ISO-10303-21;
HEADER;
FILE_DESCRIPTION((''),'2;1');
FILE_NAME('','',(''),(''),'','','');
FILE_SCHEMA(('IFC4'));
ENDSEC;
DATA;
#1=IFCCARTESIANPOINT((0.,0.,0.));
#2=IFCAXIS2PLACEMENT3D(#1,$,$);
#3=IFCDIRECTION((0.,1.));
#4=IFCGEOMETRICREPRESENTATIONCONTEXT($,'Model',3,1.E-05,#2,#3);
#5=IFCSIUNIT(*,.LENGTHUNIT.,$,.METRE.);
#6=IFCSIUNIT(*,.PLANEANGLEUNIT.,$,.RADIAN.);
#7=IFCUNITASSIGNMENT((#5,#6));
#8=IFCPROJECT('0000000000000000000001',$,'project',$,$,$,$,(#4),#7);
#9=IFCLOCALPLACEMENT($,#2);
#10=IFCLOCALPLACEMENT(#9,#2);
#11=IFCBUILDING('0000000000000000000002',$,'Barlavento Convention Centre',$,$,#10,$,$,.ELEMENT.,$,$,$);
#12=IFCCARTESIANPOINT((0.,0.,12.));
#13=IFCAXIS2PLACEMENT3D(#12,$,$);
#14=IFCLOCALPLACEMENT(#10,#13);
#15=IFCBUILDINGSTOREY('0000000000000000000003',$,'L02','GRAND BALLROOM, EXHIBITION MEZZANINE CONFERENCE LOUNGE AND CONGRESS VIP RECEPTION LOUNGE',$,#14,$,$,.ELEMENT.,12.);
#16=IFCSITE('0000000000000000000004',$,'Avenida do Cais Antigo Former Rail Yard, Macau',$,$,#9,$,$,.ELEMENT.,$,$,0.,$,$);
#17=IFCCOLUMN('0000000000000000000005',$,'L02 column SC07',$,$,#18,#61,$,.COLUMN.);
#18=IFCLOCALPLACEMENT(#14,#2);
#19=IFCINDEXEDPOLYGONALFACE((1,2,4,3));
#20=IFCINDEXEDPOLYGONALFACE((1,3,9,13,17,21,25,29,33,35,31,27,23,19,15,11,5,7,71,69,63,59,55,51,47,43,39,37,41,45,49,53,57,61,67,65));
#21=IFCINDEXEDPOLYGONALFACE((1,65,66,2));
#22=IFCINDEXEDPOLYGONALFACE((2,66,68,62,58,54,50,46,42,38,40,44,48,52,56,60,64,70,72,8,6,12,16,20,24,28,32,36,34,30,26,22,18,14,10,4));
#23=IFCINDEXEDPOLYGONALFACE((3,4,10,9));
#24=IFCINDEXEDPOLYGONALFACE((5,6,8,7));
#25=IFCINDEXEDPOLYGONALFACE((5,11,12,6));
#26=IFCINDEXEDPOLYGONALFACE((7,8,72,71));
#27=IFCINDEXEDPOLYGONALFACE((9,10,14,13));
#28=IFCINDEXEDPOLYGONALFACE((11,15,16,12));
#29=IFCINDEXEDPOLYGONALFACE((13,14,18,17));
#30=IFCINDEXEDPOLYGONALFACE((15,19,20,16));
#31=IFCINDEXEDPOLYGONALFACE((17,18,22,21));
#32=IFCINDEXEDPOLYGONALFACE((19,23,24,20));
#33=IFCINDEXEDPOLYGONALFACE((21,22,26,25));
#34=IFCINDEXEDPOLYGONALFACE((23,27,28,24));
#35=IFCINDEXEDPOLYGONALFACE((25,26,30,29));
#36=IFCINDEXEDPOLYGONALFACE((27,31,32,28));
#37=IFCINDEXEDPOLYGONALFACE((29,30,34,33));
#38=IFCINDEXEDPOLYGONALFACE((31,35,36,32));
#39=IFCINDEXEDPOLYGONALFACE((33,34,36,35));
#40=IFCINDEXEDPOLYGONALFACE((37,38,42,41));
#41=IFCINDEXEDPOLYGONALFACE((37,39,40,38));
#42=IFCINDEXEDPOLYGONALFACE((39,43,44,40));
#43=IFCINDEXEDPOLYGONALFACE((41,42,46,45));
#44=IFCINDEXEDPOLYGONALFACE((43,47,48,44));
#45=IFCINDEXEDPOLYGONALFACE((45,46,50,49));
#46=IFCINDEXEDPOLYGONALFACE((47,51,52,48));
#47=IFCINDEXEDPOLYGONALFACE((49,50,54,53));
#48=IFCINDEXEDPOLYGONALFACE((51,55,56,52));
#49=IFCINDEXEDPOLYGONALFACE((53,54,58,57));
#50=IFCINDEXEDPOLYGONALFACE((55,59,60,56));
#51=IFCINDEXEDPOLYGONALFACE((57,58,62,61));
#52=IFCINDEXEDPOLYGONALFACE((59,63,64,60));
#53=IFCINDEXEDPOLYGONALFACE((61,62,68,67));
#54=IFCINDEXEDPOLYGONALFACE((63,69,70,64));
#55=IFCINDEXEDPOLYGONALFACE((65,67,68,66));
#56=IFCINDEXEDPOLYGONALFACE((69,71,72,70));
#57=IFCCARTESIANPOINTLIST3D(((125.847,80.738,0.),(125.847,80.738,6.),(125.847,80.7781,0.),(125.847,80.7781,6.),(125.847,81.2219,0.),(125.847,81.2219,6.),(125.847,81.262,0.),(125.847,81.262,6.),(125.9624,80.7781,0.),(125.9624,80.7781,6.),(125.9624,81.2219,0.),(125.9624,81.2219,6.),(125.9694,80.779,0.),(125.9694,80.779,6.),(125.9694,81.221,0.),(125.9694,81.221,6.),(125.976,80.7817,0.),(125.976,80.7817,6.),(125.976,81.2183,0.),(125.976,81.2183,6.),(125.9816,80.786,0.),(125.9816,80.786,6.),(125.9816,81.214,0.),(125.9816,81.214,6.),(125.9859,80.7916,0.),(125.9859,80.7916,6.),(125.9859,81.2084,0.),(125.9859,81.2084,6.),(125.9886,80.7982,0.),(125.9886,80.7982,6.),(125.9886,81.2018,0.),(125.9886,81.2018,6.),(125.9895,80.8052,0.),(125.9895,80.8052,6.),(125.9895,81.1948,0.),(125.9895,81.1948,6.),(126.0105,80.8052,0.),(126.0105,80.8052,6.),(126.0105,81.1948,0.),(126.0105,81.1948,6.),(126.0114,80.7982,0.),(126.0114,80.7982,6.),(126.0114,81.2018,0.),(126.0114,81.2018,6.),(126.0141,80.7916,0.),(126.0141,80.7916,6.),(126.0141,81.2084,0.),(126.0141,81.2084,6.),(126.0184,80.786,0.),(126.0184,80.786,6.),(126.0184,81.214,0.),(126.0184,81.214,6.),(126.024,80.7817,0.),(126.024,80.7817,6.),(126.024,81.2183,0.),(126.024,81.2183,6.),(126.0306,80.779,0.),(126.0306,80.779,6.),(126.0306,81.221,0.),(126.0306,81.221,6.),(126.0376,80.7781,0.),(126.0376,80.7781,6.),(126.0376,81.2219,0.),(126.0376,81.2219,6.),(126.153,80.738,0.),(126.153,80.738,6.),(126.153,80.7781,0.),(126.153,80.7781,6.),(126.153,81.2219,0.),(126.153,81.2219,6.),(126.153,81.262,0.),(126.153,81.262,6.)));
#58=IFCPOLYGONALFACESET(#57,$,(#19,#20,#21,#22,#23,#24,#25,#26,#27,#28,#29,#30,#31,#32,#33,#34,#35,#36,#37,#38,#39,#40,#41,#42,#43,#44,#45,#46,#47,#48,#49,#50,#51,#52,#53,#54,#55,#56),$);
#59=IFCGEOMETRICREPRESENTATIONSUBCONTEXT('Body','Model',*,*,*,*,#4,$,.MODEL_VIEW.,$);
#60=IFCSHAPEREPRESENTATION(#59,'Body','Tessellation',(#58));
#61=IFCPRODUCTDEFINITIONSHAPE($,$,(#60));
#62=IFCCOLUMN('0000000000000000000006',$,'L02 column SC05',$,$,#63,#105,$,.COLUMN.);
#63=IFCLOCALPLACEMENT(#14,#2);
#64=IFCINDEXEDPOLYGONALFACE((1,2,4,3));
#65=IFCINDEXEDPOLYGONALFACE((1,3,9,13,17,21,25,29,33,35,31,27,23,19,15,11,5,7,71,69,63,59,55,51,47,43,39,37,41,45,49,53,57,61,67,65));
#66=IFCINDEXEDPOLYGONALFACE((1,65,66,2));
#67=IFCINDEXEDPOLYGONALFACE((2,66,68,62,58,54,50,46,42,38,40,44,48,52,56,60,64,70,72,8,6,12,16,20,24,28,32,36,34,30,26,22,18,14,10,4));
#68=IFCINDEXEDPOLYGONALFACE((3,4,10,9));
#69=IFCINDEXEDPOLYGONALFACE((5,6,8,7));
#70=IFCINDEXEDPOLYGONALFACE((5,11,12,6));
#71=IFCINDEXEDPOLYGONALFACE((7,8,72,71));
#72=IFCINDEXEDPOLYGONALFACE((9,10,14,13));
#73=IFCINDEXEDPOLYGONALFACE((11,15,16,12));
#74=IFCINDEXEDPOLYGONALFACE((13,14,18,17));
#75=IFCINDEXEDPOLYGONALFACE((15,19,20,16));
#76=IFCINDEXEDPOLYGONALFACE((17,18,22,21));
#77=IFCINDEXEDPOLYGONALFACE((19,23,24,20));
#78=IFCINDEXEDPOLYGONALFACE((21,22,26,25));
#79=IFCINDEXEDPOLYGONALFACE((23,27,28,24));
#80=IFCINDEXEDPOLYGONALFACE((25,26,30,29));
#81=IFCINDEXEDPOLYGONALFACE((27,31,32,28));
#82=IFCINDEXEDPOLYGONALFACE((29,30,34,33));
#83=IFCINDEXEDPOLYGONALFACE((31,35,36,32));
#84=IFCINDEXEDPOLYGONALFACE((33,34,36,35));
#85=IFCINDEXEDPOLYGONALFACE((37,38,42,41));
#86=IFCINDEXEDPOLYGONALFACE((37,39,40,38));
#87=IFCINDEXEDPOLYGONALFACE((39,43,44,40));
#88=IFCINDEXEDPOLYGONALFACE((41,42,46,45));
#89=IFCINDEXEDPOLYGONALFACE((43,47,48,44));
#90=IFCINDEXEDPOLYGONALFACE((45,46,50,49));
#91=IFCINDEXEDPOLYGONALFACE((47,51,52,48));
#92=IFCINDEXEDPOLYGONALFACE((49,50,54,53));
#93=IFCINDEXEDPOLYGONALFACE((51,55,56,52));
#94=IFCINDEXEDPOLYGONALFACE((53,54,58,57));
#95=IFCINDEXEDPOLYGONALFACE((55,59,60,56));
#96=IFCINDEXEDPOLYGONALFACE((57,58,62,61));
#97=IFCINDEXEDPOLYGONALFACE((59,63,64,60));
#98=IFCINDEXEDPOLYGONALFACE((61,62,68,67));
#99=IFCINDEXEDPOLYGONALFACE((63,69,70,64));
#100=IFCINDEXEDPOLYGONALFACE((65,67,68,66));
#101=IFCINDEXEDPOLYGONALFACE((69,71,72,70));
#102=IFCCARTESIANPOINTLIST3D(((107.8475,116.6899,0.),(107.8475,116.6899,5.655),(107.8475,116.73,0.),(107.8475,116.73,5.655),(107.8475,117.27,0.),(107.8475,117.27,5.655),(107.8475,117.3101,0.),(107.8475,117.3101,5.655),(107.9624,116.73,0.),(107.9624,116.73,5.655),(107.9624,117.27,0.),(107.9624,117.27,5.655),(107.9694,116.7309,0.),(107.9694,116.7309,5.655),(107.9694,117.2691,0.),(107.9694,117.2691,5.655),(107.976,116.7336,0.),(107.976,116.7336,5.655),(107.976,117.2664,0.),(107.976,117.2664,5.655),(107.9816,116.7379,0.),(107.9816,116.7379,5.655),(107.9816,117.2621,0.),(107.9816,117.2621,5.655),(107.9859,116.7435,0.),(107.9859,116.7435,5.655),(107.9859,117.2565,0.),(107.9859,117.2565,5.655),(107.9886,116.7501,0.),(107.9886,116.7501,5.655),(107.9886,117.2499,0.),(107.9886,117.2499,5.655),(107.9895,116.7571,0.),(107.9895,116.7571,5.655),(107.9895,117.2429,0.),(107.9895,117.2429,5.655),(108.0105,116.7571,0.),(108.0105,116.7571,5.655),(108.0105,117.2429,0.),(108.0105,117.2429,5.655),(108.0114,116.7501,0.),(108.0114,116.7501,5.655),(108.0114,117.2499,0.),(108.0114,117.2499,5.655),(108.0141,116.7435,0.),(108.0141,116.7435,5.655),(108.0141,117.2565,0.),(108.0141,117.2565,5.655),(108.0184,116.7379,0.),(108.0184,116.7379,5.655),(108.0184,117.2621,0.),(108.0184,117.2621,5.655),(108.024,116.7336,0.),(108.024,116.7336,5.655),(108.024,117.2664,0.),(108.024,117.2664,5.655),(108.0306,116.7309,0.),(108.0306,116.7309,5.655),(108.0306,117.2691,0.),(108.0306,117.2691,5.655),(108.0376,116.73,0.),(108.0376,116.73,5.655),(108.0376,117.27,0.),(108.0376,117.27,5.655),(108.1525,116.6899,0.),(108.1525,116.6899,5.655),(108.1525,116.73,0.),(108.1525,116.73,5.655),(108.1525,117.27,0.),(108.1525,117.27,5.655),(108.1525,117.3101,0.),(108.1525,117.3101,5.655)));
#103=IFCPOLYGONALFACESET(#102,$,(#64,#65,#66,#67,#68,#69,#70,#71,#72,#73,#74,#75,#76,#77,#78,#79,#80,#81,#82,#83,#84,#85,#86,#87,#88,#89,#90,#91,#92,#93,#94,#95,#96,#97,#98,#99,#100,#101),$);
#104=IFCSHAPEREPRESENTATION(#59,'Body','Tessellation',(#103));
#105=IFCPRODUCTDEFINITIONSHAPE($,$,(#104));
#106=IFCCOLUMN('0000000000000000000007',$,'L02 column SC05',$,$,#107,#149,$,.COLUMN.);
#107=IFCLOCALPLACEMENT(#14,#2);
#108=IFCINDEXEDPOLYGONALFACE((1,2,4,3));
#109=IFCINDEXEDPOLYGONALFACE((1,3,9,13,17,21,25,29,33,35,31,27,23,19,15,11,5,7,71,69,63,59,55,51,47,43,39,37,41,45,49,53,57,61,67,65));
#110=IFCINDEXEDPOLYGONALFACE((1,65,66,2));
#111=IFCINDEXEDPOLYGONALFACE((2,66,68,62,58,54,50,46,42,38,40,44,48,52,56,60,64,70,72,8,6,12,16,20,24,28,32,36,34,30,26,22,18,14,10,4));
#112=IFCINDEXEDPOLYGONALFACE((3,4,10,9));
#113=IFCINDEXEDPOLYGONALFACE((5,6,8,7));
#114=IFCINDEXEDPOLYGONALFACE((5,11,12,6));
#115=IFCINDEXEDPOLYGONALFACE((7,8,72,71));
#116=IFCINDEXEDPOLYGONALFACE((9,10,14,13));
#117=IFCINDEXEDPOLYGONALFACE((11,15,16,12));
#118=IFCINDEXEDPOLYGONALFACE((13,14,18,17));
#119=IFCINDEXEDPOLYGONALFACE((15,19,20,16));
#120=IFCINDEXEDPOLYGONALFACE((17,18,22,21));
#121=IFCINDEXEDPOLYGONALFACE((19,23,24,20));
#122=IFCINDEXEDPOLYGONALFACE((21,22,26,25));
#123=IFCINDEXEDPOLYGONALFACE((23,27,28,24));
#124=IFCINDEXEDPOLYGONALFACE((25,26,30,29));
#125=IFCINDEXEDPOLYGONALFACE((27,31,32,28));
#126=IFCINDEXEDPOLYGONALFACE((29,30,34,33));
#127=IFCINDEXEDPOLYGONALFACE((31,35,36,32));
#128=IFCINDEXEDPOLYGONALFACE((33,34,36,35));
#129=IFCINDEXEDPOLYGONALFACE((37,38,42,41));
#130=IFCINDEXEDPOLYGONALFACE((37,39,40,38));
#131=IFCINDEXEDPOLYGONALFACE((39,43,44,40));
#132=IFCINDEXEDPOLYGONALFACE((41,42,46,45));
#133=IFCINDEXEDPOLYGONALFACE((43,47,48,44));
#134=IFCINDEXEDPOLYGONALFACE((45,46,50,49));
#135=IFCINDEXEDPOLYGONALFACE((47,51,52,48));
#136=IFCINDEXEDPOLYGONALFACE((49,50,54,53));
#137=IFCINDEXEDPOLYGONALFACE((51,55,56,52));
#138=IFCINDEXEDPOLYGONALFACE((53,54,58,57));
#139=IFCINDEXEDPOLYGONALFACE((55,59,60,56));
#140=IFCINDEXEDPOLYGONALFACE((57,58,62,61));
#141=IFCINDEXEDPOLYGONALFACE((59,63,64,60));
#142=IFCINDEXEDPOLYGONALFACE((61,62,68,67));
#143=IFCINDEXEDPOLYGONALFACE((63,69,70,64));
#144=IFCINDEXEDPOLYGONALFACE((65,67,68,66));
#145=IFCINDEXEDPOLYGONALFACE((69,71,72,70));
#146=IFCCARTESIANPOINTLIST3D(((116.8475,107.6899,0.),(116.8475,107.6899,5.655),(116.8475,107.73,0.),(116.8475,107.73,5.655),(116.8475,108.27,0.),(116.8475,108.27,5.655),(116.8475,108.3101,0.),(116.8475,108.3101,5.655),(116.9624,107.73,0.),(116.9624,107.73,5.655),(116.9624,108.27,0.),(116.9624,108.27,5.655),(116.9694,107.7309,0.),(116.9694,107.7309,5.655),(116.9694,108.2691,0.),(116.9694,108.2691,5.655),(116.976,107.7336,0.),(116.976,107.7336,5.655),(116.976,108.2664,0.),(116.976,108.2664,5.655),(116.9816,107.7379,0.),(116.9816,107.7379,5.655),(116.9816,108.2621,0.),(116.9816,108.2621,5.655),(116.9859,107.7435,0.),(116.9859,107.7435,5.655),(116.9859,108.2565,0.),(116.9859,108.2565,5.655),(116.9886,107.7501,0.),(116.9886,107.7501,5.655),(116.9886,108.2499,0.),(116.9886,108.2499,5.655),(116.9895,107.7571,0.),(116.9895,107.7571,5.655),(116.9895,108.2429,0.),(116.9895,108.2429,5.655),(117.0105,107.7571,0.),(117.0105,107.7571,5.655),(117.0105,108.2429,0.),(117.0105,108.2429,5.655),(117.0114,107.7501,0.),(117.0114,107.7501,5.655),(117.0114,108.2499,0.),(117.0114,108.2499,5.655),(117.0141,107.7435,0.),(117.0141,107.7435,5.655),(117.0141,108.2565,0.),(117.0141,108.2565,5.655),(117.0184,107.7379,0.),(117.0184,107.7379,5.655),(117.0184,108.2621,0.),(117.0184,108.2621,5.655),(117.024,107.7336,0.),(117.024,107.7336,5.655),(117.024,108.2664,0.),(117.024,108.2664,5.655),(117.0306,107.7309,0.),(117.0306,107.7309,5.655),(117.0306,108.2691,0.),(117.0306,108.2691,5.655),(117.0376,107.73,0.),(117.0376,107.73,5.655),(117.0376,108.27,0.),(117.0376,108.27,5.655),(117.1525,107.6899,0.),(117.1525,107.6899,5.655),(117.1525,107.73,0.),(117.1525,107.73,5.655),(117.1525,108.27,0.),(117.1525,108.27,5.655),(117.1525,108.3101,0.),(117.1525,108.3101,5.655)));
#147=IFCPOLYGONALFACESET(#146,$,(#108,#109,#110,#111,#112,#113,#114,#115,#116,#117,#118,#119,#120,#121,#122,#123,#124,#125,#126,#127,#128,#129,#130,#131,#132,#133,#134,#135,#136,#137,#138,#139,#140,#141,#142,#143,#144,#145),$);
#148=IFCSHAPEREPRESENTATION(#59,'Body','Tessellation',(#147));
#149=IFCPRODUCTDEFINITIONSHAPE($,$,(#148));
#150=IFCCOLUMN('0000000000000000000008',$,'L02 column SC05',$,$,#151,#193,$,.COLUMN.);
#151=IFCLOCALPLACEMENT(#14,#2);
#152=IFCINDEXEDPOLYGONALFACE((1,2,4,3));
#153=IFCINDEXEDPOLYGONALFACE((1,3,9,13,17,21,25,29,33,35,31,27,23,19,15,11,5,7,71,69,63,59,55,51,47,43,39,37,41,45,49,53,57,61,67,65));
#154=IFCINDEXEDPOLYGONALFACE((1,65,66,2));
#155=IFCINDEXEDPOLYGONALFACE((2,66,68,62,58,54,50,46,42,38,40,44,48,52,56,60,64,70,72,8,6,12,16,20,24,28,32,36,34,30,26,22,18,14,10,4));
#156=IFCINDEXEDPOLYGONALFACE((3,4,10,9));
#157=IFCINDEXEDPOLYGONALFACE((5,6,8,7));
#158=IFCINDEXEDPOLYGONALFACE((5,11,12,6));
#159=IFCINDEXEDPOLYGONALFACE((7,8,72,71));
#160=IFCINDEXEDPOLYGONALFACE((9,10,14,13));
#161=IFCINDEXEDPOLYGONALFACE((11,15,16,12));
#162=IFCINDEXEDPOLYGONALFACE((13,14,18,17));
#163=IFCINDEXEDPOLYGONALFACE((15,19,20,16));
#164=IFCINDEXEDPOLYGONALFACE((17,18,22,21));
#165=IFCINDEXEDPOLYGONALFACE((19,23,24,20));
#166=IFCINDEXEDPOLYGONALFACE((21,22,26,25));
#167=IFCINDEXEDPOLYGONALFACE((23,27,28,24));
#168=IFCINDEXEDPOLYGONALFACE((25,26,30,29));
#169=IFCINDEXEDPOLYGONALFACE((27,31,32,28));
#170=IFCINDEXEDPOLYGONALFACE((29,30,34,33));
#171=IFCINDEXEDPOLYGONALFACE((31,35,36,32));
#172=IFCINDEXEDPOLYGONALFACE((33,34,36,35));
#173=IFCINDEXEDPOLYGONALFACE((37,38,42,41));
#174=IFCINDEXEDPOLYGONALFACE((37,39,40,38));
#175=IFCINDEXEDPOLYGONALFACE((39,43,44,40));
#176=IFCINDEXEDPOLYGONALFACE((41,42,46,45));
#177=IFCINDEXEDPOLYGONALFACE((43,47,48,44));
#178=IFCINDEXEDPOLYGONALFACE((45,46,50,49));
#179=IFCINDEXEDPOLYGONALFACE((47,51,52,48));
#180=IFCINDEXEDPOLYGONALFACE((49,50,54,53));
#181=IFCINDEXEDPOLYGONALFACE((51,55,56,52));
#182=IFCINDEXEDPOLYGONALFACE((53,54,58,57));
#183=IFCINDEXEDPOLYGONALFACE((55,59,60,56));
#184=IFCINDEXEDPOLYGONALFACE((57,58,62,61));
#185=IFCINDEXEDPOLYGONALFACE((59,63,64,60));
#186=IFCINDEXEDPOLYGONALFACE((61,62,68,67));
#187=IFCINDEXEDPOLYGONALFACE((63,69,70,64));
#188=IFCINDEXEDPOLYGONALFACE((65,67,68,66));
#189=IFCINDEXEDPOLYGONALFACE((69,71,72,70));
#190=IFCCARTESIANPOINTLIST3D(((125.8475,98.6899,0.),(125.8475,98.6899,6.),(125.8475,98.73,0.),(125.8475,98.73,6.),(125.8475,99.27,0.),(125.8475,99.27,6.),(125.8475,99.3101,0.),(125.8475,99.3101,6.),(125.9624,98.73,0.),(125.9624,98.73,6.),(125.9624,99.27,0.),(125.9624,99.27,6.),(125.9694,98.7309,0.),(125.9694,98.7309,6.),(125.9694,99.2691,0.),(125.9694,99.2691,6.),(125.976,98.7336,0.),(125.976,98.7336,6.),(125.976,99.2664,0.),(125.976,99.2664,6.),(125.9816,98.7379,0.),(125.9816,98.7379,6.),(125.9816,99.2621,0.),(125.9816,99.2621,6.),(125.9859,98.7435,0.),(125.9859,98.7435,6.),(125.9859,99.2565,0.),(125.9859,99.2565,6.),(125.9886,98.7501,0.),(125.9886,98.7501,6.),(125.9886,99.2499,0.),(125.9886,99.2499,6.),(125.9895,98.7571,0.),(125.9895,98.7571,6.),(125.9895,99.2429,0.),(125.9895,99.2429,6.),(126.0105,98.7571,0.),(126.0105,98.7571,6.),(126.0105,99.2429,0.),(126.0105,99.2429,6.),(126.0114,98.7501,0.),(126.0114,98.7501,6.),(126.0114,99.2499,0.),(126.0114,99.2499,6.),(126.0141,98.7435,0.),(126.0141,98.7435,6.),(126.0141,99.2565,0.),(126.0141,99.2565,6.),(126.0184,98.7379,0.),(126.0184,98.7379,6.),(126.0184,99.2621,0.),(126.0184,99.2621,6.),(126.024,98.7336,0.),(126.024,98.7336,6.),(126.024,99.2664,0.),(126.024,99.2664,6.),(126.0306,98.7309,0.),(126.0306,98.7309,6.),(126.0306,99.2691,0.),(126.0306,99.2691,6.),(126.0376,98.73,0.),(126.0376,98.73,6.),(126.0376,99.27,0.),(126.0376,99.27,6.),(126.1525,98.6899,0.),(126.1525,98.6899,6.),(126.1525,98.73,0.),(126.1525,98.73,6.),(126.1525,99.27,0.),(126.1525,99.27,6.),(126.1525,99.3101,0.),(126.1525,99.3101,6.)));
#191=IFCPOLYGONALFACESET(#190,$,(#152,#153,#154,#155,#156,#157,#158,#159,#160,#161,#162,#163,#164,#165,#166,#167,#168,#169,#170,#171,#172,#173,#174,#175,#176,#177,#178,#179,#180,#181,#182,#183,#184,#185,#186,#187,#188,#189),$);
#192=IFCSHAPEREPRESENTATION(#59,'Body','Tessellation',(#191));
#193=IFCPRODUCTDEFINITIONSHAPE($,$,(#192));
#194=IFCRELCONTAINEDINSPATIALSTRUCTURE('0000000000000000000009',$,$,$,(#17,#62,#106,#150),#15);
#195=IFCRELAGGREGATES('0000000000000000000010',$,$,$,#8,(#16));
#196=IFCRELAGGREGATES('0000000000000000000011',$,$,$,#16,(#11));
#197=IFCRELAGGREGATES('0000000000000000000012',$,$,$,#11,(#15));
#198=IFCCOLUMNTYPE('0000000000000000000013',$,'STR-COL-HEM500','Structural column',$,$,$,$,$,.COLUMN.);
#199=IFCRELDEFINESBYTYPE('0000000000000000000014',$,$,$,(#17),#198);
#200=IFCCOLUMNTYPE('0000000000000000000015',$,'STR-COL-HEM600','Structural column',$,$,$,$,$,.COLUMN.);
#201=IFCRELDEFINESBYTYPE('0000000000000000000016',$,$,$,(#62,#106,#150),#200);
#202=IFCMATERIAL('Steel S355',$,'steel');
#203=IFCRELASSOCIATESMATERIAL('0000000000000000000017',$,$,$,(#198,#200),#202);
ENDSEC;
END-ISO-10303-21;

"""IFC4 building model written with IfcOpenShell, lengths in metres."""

from ifc_helpers import new_model, si_unit, direction, frame, origin, origin_2d, place, context, subcontext, project, spatial, i_section, extrude, material, material_profile, profile_set, type_object, element, save


model = new_model("IFC4")

# Units and contexts
model_context = context("Model", 3, precision=1e-05, world=origin(), true_north=direction((0.0, 1.0)))
body_context = subcontext(model_context, "Body", "Model", "MODEL_VIEW")
ifc_project = project(units=[si_unit("LENGTHUNIT", "METRE"), si_unit("PLANEANGLEUNIT", "RADIAN")], contexts=[model_context])

# Site, building, storey
site_placement = place(None, origin())
site = spatial("IfcSite", under=ifc_project, at=site_placement, Name="Avenida do Cais Antigo Former Rail Yard, Macau", CompositionType="ELEMENT", RefElevation=0.0)
building_placement = place(site_placement, origin())
building = spatial("IfcBuilding", under=site, at=building_placement, Name="Barlavento Convention Centre", CompositionType="ELEMENT")
storey_placement = place(building_placement, frame((0.0, 0.0, 12.0)))
storey = spatial("IfcBuildingStorey", under=building, at=storey_placement, Name="L02", Description="GRAND BALLROOM, EXHIBITION MEZZANINE CONFERENCE LOUNGE AND CONGRESS VIP RECEPTION LOUNGE", CompositionType="ELEMENT", Elevation=12.0)

# Columns
ifc_material_1 = material(Name="Steel S355", Category="steel")
ifc_material_profile_1 = material_profile(ifc_material_1, i_section(OverallWidth=0.3059, OverallDepth=0.5239, WebThickness=0.021, FlangeThickness=0.04, FilletRadius=0.0271, at=origin_2d()), Name="HEM 500")
ifc_profile_set_1 = profile_set([ifc_material_profile_1], Name="Steel S355")
column_type_1 = type_object("IfcColumnType", Name="STR-COL-HEM500", Description="Structural column", PredefinedType="COLUMN", material=ifc_profile_set_1)
column_1_placement = place(storey_placement, frame((126.0, 81.0, 0.0), z_axis=(0.0, 0.0, 1.0), x_axis=(1.0, 0.0, 0.0)))
element("IfcColumn", 1, at=column_1_placement, inside=storey, type_object=column_type_1, Name="L02 column SC07", PredefinedType="COLUMN", context=body_context, shape_type="SweptSolid", body=[
    extrude(i_section(OverallWidth=0.3059, OverallDepth=0.5239, WebThickness=0.021, FlangeThickness=0.04, FilletRadius=0.0271, at=origin_2d()), origin(), (0.0, 0.0, 1.0), 6.0),
])
ifc_material_profile_2 = material_profile(ifc_material_1, i_section(OverallWidth=0.3049, OverallDepth=0.6201, WebThickness=0.021, FlangeThickness=0.04, FilletRadius=0.0271, at=origin_2d()), Name="HEM 600")
ifc_profile_set_2 = profile_set([ifc_material_profile_2], Name="Steel S355")
column_type_2 = type_object("IfcColumnType", Name="STR-COL-HEM600", Description="Structural column", PredefinedType="COLUMN", material=ifc_profile_set_2)
for number, where, z_axis, x_axis, name in (
    (2, (108.0, 117.0, 0.0), (0.0, 0.0, 1.0), (1.0, 0.0, 0.0), "L02 column SC05"),
    (3, (117.0, 108.0, 0.0), (0.0, 0.0, 1.0), (1.0, 0.0, 0.0), "L02 column SC05"),
):
    element("IfcColumn", number, at=place(storey_placement, frame(where, z_axis=z_axis, x_axis=x_axis)), inside=storey, type_object=column_type_2, Name=name, PredefinedType="COLUMN", context=body_context, shape_type="SweptSolid", body=[
        extrude(i_section(OverallWidth=0.3049, OverallDepth=0.6201, WebThickness=0.021, FlangeThickness=0.04, FilletRadius=0.0271, at=origin_2d()), origin(), (0.0, 0.0, 1.0), 5.655),
    ])
column_2_placement = place(storey_placement, frame((126.0, 99.0, 0.0), z_axis=(0.0, 0.0, 1.0), x_axis=(1.0, 0.0, 0.0)))
element("IfcColumn", 4, at=column_2_placement, inside=storey, type_object=column_type_2, Name="L02 column SC05", PredefinedType="COLUMN", context=body_context, shape_type="SweptSolid", body=[
    extrude(i_section(OverallWidth=0.3049, OverallDepth=0.6201, WebThickness=0.021, FlangeThickness=0.04, FilletRadius=0.0271, at=origin_2d()), origin(), (0.0, 0.0, 1.0), 6.0),
])

save(model, "model.ifc")
